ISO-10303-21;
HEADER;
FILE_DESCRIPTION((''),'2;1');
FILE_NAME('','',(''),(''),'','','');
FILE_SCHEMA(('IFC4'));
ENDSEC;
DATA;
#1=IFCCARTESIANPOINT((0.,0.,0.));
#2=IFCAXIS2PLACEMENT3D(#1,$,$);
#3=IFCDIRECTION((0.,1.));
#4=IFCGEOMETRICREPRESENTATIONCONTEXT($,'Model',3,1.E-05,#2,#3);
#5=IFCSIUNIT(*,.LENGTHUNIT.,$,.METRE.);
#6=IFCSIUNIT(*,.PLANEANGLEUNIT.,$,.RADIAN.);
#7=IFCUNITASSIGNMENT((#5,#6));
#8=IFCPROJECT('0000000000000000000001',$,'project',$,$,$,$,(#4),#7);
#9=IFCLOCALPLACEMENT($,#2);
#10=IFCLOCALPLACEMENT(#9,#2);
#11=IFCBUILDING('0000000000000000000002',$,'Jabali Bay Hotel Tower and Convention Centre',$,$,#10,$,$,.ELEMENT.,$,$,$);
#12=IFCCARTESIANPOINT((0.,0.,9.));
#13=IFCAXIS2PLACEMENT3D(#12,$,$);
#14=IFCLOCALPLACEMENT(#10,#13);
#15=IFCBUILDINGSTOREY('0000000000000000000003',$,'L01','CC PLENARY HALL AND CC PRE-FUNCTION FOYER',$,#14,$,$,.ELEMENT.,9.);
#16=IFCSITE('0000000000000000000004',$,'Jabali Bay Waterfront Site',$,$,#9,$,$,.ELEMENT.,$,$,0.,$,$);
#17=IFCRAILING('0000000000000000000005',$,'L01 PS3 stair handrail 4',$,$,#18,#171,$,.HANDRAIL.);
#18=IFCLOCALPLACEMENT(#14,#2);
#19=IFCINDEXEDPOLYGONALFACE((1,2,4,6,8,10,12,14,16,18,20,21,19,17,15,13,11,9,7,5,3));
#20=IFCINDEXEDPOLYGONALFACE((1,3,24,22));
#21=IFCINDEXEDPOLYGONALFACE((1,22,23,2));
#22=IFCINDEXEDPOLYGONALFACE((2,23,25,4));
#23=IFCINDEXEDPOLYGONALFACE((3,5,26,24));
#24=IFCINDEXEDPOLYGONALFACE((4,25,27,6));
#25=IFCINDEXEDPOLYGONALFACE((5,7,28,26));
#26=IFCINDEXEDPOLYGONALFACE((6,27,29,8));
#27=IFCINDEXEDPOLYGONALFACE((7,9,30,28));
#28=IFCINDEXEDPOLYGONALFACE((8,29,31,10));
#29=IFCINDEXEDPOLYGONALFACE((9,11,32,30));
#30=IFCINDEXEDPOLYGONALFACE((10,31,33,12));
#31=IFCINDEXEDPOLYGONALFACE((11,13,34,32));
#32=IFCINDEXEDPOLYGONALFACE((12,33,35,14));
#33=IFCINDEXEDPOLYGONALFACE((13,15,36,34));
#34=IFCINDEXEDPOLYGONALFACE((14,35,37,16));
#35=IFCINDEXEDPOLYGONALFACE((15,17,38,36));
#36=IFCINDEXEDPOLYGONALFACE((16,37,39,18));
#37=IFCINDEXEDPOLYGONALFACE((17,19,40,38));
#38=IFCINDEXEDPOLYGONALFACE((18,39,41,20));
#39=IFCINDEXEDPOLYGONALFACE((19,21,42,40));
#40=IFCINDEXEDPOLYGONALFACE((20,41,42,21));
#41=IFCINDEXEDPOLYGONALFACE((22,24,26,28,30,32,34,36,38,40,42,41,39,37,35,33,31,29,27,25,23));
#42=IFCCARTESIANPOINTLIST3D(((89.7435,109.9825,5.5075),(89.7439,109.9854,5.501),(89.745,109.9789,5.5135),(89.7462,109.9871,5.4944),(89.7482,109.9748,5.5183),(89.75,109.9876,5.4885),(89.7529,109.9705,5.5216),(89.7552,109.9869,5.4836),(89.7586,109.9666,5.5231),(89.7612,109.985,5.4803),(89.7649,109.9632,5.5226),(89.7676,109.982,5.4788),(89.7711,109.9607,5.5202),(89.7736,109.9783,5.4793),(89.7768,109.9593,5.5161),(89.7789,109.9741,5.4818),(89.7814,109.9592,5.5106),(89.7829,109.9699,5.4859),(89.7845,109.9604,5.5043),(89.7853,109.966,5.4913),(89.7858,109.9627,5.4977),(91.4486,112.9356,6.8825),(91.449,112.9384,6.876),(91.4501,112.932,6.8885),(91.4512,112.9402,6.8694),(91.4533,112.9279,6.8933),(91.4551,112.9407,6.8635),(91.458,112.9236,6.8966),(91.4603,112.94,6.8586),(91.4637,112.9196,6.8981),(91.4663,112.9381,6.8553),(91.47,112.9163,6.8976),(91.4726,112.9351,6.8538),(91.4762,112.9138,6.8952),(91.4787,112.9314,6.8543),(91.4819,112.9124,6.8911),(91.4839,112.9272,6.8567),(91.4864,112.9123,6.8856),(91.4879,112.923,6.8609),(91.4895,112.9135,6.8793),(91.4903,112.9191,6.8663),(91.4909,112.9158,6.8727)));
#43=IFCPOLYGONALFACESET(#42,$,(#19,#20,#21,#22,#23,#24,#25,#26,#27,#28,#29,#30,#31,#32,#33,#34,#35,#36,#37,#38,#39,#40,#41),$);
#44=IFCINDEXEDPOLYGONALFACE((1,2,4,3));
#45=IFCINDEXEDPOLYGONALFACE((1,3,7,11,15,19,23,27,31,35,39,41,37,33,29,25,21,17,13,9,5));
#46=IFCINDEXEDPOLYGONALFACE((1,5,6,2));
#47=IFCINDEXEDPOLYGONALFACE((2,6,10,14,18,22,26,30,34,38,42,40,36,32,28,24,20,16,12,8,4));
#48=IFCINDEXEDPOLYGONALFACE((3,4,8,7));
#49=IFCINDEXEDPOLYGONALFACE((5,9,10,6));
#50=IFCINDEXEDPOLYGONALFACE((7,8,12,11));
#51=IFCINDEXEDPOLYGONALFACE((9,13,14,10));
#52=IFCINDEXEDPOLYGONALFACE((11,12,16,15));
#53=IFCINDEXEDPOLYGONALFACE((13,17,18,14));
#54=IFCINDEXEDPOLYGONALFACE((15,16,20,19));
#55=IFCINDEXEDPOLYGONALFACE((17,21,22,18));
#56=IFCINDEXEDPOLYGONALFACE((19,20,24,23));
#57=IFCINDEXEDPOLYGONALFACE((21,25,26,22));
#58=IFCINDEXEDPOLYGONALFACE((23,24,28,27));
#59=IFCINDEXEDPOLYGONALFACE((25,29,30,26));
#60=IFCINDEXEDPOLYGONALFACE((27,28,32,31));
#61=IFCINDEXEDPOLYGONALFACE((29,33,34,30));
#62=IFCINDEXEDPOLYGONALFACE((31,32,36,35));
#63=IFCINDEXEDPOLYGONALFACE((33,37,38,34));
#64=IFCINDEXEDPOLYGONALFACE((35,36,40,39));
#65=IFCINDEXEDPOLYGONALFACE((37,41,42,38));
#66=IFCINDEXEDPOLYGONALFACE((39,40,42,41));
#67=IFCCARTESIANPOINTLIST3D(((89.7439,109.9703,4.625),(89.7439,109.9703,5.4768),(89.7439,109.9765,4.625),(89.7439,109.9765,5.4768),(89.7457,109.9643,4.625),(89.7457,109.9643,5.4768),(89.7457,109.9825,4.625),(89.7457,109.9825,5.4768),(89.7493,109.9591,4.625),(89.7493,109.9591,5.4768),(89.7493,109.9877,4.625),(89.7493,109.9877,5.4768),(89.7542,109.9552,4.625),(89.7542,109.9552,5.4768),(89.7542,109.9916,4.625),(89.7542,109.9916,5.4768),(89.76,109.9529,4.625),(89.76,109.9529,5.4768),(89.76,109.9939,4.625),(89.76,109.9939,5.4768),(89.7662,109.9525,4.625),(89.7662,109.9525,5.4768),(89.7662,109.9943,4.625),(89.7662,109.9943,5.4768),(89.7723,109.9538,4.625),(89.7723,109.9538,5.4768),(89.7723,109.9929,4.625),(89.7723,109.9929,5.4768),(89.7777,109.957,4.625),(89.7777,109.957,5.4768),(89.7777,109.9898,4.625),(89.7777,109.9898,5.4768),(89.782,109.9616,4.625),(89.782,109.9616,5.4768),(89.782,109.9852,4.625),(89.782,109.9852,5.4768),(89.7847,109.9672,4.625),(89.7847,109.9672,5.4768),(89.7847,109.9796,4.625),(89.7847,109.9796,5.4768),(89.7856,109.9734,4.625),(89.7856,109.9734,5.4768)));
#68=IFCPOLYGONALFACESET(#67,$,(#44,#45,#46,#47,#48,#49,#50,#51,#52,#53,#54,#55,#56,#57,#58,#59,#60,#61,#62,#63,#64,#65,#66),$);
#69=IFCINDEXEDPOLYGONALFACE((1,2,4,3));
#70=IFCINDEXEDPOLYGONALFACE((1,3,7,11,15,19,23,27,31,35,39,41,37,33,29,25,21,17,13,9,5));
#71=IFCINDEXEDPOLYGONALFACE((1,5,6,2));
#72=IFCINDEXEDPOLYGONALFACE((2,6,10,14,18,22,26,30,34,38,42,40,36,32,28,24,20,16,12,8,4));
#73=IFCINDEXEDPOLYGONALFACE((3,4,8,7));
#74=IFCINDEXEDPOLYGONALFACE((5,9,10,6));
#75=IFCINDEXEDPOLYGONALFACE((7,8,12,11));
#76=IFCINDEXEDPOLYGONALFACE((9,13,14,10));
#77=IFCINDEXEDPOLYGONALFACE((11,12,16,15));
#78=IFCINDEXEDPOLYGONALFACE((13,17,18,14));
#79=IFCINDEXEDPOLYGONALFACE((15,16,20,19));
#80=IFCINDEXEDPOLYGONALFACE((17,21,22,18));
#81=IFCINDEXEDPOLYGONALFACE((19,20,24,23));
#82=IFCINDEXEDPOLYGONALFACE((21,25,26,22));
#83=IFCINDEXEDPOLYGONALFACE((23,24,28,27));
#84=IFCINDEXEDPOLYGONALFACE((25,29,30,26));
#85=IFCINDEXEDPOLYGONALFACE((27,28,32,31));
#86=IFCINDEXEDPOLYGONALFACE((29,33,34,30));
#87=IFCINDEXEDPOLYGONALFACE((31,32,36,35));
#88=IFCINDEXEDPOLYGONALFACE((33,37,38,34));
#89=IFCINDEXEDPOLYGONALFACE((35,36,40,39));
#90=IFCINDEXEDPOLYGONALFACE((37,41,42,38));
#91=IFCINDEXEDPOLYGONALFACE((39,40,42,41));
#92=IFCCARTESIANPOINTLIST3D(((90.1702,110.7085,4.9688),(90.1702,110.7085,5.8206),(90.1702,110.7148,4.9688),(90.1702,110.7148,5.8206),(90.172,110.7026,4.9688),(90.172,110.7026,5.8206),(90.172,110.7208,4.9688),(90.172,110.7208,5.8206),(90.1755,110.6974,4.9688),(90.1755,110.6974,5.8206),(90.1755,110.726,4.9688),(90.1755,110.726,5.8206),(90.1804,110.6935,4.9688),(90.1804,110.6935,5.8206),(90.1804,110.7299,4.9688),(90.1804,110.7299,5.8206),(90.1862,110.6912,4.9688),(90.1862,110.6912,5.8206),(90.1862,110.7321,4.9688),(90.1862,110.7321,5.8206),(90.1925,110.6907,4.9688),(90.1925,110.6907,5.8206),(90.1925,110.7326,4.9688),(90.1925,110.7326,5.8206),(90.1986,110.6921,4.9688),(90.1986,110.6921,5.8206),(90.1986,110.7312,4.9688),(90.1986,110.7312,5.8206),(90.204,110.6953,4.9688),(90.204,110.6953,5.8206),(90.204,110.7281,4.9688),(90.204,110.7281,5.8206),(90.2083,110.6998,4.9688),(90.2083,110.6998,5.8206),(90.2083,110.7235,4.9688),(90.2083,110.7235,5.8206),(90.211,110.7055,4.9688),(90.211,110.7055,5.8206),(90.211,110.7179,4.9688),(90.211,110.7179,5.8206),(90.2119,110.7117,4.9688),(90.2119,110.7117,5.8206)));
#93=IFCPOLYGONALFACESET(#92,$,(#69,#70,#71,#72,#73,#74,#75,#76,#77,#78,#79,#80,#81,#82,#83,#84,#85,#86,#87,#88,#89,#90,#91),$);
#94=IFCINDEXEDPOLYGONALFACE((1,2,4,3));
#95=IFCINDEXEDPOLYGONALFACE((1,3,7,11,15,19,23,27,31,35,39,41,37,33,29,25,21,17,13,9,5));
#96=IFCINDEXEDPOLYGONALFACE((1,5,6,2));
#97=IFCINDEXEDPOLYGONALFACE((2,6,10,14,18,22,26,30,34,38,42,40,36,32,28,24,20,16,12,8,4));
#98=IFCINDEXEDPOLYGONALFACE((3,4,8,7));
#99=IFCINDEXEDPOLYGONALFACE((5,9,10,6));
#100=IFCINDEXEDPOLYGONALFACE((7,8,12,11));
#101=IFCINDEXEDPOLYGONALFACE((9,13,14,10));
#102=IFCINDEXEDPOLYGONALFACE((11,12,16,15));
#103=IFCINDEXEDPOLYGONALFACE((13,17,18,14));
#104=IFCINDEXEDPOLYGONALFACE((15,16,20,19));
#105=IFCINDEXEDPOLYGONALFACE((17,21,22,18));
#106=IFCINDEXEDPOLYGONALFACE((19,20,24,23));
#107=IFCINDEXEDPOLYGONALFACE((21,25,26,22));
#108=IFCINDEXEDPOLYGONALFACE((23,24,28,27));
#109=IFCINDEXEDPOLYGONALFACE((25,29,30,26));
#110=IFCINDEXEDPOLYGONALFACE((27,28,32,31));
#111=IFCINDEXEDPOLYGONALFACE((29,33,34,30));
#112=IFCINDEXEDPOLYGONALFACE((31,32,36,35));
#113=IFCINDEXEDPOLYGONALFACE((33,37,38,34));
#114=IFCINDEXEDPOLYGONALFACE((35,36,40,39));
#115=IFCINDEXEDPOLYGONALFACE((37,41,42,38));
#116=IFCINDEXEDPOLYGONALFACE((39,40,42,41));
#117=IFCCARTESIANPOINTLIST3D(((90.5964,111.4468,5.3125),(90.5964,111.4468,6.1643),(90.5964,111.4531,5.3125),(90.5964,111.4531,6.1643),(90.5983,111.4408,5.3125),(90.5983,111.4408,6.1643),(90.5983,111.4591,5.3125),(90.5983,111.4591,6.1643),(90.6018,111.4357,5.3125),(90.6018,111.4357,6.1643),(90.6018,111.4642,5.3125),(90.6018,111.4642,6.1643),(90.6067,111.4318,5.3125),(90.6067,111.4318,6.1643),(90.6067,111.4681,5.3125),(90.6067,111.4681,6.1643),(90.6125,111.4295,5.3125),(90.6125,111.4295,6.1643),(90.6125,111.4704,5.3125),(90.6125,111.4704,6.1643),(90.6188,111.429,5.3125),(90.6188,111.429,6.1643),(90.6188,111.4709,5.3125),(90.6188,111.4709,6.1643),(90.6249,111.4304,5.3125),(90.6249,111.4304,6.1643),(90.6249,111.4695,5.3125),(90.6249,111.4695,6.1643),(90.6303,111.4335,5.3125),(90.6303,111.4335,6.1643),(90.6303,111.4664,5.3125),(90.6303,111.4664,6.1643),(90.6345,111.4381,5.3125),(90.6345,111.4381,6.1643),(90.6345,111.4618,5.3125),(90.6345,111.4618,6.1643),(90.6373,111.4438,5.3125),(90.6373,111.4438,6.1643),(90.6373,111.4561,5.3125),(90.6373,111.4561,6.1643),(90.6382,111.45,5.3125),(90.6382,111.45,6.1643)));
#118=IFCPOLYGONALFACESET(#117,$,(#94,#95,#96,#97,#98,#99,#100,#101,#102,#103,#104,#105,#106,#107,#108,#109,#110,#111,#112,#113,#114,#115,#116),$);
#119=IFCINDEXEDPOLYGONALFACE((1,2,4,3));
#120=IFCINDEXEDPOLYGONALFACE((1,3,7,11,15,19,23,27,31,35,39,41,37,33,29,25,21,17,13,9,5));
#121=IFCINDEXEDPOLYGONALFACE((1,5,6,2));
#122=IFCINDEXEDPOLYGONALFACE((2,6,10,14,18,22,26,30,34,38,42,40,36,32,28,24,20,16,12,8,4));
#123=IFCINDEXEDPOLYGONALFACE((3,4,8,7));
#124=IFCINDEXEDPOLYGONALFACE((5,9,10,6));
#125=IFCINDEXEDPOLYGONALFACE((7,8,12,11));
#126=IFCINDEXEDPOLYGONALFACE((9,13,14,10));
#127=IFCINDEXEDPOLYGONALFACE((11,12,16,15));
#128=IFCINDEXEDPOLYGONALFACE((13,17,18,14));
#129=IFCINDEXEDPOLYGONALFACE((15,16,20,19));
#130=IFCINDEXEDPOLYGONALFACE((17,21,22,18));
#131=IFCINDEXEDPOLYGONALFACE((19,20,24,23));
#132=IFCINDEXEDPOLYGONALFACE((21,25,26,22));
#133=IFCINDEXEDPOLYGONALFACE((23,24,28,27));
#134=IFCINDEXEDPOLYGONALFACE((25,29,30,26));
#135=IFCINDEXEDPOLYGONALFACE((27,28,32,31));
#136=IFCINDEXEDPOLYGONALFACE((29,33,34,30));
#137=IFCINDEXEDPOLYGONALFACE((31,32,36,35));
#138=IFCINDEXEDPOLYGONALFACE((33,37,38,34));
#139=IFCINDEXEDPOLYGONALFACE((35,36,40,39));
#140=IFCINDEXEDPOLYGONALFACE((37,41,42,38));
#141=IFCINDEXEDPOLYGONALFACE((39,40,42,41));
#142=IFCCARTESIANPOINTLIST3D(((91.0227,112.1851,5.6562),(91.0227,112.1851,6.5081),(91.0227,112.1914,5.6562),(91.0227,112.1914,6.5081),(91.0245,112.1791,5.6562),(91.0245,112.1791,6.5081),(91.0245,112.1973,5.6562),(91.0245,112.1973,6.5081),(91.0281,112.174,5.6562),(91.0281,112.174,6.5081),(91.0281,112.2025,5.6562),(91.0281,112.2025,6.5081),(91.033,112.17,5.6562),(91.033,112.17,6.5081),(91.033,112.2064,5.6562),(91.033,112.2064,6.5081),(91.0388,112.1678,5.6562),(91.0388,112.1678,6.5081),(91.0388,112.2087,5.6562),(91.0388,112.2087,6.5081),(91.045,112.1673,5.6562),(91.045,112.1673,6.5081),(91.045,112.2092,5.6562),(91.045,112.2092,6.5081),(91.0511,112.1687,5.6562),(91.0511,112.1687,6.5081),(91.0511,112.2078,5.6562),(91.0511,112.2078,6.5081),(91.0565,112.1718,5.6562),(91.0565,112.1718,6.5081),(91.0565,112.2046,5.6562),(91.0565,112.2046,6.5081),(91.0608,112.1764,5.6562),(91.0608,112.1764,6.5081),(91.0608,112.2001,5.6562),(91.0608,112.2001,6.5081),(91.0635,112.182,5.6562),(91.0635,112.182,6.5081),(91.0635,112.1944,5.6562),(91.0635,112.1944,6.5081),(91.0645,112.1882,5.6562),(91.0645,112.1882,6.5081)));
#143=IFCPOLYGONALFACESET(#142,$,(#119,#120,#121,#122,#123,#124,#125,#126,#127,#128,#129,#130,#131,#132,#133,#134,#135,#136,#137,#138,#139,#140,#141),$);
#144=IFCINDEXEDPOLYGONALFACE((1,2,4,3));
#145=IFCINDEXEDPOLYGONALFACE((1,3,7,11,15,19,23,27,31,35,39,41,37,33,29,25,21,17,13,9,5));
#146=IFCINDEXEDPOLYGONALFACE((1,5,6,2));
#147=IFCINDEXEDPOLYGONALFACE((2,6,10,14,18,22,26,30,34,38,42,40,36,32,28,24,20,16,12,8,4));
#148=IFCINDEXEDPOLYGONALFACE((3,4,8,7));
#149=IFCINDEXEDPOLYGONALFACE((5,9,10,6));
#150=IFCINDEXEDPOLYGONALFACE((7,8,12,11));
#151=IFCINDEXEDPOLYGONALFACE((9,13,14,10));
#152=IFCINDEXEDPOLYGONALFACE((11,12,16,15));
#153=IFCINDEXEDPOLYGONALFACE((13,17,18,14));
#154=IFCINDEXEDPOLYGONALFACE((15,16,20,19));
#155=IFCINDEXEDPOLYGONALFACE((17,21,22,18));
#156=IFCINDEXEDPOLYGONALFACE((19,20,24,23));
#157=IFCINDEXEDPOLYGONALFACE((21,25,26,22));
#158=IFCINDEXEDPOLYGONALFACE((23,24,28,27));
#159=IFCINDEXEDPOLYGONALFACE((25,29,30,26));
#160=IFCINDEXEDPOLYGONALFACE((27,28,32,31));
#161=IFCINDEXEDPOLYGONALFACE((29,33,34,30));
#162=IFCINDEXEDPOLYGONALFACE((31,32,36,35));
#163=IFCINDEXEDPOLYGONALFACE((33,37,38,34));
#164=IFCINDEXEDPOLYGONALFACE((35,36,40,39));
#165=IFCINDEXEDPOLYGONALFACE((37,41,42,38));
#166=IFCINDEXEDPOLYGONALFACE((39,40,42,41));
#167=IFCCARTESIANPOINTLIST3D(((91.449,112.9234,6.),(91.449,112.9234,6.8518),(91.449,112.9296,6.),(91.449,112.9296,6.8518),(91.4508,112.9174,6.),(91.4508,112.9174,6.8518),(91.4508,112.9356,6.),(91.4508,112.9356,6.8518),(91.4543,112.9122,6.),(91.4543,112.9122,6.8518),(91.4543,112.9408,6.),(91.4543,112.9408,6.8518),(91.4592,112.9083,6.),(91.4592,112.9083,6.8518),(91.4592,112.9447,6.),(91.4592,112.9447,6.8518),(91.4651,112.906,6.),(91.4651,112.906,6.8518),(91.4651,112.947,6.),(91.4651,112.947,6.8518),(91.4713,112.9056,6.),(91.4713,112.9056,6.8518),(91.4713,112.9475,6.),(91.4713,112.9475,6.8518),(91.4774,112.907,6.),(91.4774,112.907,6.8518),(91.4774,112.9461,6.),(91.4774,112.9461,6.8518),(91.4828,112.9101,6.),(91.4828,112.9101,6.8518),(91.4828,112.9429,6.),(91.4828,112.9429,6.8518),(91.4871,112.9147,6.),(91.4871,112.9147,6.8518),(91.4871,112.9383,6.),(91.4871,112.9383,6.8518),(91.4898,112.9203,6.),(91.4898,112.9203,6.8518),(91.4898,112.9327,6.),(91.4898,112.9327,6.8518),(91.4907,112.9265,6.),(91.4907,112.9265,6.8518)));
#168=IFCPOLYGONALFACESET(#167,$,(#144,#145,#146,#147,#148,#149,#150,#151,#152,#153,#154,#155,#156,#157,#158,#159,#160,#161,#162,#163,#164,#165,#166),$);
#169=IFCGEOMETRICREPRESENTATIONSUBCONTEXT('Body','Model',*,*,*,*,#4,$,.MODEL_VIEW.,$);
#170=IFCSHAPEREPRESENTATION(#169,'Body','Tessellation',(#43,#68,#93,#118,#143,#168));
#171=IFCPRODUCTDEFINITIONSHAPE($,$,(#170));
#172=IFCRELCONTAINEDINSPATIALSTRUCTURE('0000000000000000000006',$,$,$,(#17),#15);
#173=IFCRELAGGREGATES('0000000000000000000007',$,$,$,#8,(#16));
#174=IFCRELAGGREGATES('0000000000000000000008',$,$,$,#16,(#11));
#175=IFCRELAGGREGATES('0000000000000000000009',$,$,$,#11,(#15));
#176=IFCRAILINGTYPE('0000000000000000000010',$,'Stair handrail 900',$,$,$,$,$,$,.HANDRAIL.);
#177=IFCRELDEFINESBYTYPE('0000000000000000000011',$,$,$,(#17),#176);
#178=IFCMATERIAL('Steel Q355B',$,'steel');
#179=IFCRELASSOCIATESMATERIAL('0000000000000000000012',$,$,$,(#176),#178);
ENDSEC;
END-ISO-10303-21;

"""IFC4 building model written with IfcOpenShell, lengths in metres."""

from ifc_helpers import new_model, si_unit, direction, frame, origin, origin_2d, place, context, subcontext, project, spatial, circle, extrude, material, type_object, element, save


model = new_model("IFC4")

# Units and contexts
model_context = context("Model", 3, precision=1e-05, world=origin(), true_north=direction((0.0, 1.0)))
body_context = subcontext(model_context, "Body", "Model", "MODEL_VIEW")
ifc_project = project(units=[si_unit("LENGTHUNIT", "METRE"), si_unit("PLANEANGLEUNIT", "RADIAN")], contexts=[model_context])

# Site, building, storey
site_placement = place(None, origin())
site = spatial("IfcSite", under=ifc_project, at=site_placement, Name="Jabali Bay Waterfront Site", CompositionType="ELEMENT", RefElevation=0.0)
building_placement = place(site_placement, origin())
building = spatial("IfcBuilding", under=site, at=building_placement, Name="Jabali Bay Hotel Tower and Convention Centre", CompositionType="ELEMENT")
storey_placement = place(building_placement, frame((0.0, 0.0, 9.0)))
storey = spatial("IfcBuildingStorey", under=building, at=storey_placement, Name="L01", Description="CC PLENARY HALL AND CC PRE-FUNCTION FOYER", CompositionType="ELEMENT", Elevation=9.0)

# Railing
ifc_material_1 = material(Name="Steel Q355B", Category="steel")
railing_type_1 = type_object("IfcRailingType", Name="Stair handrail 900", PredefinedType="HANDRAIL", material=ifc_material_1)
railing_1_placement = place(storey_placement, frame((89.7646, 109.9734, 4.625)))
element("IfcRailing", 1, at=railing_1_placement, inside=storey, type_object=railing_type_1, Name="L01 PS3 stair handrail 4", PredefinedType="HANDRAIL", context=body_context, shape_type="SweptSolid", body=[
    extrude(circle(Radius=0.0239, at=origin_2d()), frame((0.0, 0.0, 0.876), z_axis=(0.46374, 0.803178, 0.373966), x_axis=(-0.866014, 0.50002, 0.0)), (0.0, 0.0, 1.0), 3.6768),
    extrude(circle(Radius=0.021, at=origin_2d()), origin(), (0.0, 0.0, 1.0), 0.8518),
    extrude(circle(Radius=0.021, at=origin_2d()), frame((0.4263, 0.7383, 0.3438)), (0.0, 0.0, 1.0), 0.8518),
    extrude(circle(Radius=0.021, at=origin_2d()), frame((0.8525, 1.4766, 0.6875)), (0.0, 0.0, 1.0), 0.8518),
    extrude(circle(Radius=0.021, at=origin_2d()), frame((1.2788, 2.2148, 1.0312)), (0.0, 0.0, 1.0), 0.8518),
    extrude(circle(Radius=0.021, at=origin_2d()), frame((1.7051, 2.9531, 1.375)), (0.0, 0.0, 1.0), 0.8518),
])

save(model, "model.ifc")
